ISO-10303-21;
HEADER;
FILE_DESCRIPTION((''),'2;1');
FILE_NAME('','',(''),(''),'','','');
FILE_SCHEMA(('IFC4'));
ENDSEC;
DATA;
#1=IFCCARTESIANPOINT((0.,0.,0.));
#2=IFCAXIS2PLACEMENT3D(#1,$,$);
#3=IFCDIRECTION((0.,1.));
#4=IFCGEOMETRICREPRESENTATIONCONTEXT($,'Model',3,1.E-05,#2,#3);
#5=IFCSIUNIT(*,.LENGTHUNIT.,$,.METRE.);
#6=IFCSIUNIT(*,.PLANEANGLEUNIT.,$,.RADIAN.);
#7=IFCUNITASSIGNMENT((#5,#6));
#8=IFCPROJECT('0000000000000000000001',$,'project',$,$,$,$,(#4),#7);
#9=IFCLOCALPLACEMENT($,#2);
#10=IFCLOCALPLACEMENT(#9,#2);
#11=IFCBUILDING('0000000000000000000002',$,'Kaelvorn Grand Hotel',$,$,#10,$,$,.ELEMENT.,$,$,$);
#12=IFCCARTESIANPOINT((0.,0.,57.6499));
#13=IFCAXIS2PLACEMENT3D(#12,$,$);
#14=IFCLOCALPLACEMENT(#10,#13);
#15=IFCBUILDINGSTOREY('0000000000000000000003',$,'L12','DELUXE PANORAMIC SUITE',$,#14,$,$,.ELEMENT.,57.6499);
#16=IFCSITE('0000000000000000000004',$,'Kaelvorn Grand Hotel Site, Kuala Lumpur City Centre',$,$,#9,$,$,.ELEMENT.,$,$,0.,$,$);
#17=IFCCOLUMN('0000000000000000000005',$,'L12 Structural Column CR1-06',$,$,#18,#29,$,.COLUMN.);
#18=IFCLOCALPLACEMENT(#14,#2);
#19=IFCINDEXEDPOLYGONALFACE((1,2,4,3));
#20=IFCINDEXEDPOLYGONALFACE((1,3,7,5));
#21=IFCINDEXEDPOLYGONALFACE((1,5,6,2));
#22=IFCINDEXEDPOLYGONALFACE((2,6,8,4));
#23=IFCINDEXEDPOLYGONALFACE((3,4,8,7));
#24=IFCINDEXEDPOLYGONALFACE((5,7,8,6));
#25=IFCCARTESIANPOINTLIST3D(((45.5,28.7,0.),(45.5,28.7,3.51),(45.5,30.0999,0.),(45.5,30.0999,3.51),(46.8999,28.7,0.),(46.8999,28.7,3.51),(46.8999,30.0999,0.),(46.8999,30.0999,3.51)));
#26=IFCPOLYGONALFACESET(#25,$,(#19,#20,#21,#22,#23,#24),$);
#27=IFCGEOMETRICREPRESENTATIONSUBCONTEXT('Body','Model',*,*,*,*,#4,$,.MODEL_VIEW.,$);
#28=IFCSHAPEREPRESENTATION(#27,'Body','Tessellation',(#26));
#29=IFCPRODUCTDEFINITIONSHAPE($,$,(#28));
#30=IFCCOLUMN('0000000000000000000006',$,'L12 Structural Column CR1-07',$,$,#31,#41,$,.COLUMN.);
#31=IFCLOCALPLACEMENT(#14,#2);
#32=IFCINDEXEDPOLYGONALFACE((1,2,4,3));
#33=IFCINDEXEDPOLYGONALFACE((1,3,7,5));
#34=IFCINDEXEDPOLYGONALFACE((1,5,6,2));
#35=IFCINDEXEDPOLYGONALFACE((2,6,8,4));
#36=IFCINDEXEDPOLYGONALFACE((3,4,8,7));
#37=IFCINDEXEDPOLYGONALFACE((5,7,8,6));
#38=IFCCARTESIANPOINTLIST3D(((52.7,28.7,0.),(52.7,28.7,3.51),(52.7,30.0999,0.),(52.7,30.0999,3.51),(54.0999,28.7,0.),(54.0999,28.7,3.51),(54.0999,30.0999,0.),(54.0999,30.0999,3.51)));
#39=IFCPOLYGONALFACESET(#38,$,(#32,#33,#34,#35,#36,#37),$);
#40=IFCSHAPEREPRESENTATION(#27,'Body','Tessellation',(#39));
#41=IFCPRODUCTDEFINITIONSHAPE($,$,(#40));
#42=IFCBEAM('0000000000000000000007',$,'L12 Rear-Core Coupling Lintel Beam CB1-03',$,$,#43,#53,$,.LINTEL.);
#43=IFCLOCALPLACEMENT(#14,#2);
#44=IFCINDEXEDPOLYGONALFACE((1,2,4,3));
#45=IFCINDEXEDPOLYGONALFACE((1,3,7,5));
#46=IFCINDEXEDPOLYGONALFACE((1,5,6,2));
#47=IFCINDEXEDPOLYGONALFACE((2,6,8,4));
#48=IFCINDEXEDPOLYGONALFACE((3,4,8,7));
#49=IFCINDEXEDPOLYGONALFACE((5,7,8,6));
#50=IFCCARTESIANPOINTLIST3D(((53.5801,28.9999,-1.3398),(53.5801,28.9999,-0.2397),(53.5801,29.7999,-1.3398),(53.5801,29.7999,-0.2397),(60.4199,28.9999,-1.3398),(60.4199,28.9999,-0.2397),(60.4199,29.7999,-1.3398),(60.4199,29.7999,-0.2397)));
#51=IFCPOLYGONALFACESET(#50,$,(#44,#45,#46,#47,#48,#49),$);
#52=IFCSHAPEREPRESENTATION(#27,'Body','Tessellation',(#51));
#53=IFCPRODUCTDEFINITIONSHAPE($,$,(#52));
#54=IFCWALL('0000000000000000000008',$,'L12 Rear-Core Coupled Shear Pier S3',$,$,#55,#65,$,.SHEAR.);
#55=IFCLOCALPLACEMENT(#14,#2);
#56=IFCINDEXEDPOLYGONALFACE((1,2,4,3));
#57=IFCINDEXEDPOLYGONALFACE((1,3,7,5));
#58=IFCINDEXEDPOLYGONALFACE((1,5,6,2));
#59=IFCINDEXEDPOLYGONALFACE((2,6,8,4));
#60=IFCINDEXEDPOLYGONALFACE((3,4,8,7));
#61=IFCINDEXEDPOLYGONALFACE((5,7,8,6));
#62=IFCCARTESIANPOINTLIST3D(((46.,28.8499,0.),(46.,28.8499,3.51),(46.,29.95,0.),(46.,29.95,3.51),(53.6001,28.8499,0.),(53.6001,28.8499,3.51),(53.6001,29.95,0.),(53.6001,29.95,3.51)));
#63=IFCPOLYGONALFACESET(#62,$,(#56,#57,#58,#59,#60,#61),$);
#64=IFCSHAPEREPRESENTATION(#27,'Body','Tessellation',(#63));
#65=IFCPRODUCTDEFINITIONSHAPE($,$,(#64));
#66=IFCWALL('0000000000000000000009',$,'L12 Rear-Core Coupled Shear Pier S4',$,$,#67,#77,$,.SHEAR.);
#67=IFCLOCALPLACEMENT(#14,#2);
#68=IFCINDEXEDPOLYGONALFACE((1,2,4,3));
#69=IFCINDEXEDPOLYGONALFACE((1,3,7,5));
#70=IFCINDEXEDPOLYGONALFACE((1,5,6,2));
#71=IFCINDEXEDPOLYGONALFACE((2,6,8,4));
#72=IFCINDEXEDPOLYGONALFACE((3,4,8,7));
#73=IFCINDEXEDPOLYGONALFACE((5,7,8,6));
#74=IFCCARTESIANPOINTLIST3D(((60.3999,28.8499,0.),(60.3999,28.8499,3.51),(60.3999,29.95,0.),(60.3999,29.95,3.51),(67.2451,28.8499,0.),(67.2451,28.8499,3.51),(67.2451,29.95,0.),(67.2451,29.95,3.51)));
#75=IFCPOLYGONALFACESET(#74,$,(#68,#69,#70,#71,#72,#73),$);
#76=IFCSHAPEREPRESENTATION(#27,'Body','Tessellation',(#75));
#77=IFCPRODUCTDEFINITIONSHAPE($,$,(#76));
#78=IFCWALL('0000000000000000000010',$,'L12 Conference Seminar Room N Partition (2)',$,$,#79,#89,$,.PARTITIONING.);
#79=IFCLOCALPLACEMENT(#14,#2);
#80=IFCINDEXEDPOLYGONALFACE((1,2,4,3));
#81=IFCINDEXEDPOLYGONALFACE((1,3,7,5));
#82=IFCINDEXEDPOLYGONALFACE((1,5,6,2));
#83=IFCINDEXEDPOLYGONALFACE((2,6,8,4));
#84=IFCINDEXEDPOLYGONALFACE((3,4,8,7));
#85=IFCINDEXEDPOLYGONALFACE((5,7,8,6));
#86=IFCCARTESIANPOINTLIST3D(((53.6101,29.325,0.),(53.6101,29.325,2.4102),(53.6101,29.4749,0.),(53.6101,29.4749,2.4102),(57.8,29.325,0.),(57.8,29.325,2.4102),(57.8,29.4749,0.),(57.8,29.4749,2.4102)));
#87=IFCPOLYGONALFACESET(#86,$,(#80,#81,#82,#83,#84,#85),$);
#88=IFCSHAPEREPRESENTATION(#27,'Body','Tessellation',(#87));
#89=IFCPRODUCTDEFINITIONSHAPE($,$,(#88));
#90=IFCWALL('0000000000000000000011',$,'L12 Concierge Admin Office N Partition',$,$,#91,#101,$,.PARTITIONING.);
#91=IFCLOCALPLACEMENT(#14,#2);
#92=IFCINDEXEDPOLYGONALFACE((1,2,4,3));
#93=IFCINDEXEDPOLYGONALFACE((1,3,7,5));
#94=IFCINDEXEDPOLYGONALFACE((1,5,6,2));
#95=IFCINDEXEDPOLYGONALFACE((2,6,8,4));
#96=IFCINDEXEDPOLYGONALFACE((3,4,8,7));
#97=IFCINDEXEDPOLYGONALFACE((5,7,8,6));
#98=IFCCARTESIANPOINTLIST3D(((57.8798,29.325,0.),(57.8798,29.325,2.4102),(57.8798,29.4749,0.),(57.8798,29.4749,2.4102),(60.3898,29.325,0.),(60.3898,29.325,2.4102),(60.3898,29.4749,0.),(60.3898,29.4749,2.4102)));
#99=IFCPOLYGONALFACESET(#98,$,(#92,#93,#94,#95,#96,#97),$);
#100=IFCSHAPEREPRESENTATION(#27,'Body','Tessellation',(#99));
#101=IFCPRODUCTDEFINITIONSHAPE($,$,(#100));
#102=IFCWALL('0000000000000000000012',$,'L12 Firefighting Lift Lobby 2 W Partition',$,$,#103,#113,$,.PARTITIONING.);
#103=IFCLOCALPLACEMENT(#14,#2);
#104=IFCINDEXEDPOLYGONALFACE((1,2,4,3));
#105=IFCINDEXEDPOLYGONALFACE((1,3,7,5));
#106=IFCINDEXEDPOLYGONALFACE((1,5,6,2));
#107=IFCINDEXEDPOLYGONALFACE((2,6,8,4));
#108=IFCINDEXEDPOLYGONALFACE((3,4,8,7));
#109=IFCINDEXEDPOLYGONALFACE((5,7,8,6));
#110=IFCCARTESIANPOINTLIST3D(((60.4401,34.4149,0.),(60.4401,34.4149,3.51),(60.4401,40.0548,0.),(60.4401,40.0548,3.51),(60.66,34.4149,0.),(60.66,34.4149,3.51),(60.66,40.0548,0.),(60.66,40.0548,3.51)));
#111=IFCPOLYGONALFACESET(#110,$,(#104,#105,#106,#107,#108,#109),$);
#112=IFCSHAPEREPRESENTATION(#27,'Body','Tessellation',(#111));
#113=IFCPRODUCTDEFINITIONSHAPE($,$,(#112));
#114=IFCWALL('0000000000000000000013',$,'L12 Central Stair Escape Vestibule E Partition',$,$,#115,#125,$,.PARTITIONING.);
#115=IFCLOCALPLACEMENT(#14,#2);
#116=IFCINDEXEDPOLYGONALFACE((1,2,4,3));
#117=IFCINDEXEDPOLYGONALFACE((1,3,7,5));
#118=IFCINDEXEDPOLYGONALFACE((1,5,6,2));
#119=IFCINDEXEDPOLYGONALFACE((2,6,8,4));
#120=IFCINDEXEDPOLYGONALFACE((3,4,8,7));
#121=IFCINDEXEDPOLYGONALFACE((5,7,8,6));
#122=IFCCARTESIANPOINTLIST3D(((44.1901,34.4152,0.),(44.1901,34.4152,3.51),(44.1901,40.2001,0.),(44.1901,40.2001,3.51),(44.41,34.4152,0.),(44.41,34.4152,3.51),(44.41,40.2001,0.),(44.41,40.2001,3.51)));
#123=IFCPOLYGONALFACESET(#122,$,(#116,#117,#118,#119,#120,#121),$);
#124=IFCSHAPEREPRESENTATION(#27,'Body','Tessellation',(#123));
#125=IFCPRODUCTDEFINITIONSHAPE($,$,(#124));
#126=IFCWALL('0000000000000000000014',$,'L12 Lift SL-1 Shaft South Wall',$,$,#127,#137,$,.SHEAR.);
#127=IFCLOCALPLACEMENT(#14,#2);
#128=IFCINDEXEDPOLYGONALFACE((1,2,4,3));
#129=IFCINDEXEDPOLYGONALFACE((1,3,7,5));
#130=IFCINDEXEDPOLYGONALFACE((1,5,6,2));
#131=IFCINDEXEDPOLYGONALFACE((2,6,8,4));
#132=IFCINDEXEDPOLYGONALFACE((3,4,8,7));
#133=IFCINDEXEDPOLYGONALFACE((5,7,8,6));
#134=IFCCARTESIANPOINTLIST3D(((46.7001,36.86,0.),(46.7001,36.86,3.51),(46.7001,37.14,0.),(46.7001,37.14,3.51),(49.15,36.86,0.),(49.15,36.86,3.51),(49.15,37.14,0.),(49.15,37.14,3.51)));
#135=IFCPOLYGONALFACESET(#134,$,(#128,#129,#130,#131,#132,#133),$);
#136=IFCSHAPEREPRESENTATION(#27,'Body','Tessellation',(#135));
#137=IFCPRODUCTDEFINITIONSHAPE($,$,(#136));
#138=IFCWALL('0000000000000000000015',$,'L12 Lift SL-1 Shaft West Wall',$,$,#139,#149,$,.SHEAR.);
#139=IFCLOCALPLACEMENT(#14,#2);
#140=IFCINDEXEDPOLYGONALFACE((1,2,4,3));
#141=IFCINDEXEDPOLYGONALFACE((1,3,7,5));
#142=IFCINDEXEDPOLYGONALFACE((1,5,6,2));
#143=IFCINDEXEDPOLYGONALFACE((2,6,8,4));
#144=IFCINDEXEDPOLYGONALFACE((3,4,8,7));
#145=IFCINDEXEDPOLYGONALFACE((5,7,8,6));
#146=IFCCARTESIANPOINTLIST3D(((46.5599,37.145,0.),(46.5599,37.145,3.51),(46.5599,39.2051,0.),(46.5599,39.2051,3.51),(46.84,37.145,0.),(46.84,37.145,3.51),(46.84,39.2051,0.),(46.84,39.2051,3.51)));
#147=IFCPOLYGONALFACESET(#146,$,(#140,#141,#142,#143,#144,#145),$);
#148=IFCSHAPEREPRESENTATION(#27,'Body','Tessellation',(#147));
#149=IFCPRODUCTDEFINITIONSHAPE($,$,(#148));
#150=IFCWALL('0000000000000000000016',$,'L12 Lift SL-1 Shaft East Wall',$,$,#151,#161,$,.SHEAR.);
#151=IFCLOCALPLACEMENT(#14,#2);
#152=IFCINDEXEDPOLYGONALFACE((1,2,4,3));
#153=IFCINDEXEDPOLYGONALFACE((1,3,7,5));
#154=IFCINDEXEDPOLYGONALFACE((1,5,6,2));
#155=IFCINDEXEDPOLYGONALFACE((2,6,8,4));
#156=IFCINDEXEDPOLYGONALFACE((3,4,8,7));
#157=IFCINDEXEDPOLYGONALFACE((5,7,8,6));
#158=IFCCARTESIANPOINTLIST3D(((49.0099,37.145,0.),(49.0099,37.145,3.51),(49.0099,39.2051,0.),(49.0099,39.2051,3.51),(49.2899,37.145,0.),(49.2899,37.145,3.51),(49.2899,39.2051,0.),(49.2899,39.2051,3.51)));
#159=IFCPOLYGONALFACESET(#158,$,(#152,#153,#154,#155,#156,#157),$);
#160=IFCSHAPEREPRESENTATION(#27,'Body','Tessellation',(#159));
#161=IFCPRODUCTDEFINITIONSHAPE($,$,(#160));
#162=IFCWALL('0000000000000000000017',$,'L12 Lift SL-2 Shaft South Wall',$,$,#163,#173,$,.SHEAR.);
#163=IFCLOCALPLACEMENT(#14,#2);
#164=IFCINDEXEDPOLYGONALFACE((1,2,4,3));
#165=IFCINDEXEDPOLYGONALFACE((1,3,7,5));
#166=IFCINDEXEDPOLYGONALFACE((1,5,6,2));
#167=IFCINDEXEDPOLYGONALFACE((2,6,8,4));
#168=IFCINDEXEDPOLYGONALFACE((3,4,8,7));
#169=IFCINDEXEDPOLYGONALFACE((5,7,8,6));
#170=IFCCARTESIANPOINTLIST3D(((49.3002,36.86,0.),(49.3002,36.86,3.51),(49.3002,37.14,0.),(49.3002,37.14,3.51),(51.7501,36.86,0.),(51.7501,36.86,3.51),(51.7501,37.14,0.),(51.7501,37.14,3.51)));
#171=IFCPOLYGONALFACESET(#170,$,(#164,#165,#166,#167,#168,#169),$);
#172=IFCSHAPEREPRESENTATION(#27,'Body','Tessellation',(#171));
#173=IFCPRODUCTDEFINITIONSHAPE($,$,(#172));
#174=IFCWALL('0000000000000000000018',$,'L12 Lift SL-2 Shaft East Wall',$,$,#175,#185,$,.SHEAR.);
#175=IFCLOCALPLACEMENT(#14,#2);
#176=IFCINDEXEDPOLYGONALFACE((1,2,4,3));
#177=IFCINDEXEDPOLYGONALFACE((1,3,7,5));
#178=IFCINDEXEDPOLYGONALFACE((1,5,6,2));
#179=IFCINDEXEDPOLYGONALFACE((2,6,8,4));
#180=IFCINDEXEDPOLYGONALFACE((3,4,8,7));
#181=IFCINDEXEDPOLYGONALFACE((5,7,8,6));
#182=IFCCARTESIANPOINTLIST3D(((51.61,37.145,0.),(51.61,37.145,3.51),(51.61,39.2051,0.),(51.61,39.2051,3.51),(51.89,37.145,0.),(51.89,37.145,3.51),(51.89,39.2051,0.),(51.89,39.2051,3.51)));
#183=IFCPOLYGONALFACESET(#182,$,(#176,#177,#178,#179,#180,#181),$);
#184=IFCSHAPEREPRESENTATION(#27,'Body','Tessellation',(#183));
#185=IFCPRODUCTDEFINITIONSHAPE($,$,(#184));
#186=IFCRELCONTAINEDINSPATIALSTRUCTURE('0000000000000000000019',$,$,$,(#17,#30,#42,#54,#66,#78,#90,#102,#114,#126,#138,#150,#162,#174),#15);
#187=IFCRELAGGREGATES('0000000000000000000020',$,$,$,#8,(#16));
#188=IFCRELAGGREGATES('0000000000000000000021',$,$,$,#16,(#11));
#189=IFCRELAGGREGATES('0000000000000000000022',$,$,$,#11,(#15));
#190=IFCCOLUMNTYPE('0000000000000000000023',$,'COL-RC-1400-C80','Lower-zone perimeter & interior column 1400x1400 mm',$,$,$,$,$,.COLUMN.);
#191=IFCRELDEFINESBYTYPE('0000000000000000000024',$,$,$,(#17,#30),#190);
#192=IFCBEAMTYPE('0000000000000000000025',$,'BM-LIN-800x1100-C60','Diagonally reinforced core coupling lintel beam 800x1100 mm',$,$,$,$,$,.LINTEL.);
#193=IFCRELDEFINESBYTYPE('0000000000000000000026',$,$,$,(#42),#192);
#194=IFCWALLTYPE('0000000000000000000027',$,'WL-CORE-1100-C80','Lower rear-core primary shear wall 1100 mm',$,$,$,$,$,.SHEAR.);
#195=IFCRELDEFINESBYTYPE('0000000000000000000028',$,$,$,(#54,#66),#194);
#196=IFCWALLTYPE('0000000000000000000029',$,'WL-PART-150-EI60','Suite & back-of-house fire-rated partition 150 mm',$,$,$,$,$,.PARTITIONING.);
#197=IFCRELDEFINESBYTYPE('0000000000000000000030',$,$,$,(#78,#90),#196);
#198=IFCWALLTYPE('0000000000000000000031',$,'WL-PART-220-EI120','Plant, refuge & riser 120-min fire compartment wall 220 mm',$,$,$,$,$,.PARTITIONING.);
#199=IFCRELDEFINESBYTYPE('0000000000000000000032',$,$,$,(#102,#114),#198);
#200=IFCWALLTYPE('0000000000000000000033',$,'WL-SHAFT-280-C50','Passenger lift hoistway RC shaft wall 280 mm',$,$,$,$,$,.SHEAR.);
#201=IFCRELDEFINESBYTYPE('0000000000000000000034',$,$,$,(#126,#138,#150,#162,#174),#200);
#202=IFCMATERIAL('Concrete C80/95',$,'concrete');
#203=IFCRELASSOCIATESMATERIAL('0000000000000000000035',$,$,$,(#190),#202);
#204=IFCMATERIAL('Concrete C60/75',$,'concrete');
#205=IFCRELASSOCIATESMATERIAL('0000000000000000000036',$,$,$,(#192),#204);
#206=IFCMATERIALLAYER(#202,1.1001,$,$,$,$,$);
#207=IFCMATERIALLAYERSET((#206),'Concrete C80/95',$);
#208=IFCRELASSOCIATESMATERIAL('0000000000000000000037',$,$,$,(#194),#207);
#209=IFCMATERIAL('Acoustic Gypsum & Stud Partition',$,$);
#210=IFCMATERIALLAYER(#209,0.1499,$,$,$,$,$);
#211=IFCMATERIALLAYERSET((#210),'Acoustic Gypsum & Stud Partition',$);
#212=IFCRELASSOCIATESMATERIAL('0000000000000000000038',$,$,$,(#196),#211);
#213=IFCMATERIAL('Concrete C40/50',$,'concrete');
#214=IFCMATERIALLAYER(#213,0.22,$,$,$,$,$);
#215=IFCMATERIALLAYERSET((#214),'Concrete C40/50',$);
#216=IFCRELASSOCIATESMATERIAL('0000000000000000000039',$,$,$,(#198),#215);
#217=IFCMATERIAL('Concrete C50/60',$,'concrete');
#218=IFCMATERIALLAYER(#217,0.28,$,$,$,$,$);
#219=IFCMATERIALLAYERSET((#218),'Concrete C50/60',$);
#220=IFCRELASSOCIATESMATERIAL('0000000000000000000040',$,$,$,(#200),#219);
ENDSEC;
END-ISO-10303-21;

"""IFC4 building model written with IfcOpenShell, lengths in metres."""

from ifc_helpers import new_model, si_unit, direction, frame, frame_2d, origin, origin_2d, place, context, subcontext, project, spatial, rectangle, extrude, material, layer, layer_set, material_profile, profile_set, type_object, element, save


model = new_model("IFC4")

# Units and contexts
model_context = context("Model", 3, precision=1e-05, world=origin(), true_north=direction((0.0, 1.0)))
body_context = subcontext(model_context, "Body", "Model", "MODEL_VIEW")
ifc_project = project(units=[si_unit("LENGTHUNIT", "METRE"), si_unit("PLANEANGLEUNIT", "RADIAN")], contexts=[model_context])

# Site, building, storey
site_placement = place(None, origin())
site = spatial("IfcSite", under=ifc_project, at=site_placement, Name="Kaelvorn Grand Hotel Site, Kuala Lumpur City Centre", CompositionType="ELEMENT", RefElevation=0.0)
building_placement = place(site_placement, origin())
building = spatial("IfcBuilding", under=site, at=building_placement, Name="Kaelvorn Grand Hotel", CompositionType="ELEMENT")
storey_placement = place(building_placement, frame((0.0, 0.0, 57.6499)))
storey = spatial("IfcBuildingStorey", under=building, at=storey_placement, Name="L12", Description="DELUXE PANORAMIC SUITE", CompositionType="ELEMENT", Elevation=57.6499)

# Columns
ifc_material_1 = material(Name="Concrete C80/95", Category="concrete")
ifc_material_profile_1 = material_profile(ifc_material_1, rectangle(XDim=1.3999, YDim=1.3999, at=origin_2d()), Name="RC COL 1400x1400")
ifc_profile_set_1 = profile_set([ifc_material_profile_1], Name="Concrete C80/95")
column_type = type_object("IfcColumnType", Name="COL-RC-1400-C80", Description="Lower-zone perimeter & interior column 1400x1400 mm", PredefinedType="COLUMN", material=ifc_profile_set_1)
for number, where, z_axis, x_axis, name in (
    (1, (46.2, 29.3999, 0.0), (0.0, 0.0, 1.0), (1.0, 0.0, 0.0), "L12 Structural Column CR1-06"),
    (2, (53.3999, 29.3999, 0.0), (0.0, 0.0, 1.0), (1.0, 0.0, 0.0), "L12 Structural Column CR1-07"),
):
    element("IfcColumn", number, at=place(storey_placement, frame(where, z_axis=z_axis, x_axis=x_axis)), inside=storey, type_object=column_type, Name=name, PredefinedType="COLUMN", context=body_context, shape_type="SweptSolid", body=[
        extrude(rectangle(XDim=1.3999, YDim=1.3999, at=origin_2d()), origin(), (0.0, 0.0, 1.0), 3.51),
    ])

# Beam
ifc_material_2 = material(Name="Concrete C60/75", Category="concrete")
ifc_material_profile_2 = material_profile(ifc_material_2, rectangle(XDim=0.8, YDim=1.1001, at=origin_2d()), Name="RC LINTEL 800x1100")
ifc_profile_set_2 = profile_set([ifc_material_profile_2], Name="Concrete C60/75")
beam_type = type_object("IfcBeamType", Name="BM-LIN-800x1100-C60", Description="Diagonally reinforced core coupling lintel beam 800x1100 mm", PredefinedType="LINTEL", material=ifc_profile_set_2)
beam_placement = place(storey_placement, frame((53.5801, 29.3999, -0.7898), z_axis=(1.0, 0.0, 0.0), x_axis=(0.0, 1.0, 0.0)))
element("IfcBeam", 3, at=beam_placement, inside=storey, type_object=beam_type, Name="L12 Rear-Core Coupling Lintel Beam CB1-03", PredefinedType="LINTEL", context=body_context, shape_type="SweptSolid", body=[
    extrude(rectangle(XDim=0.8, YDim=1.1001, at=origin_2d()), origin(), (0.0, 0.0, 1.0), 6.8398),
])

# Walls
ifc_layer_1 = layer(ifc_material_1, 1.1001)
ifc_layer_set_1 = layer_set([ifc_layer_1], Name="Concrete C80/95")
wall_type_1 = type_object("IfcWallType", Name="WL-CORE-1100-C80", Description="Lower rear-core primary shear wall 1100 mm", PredefinedType="SHEAR", material=ifc_layer_set_1)
wall_1_placement = place(storey_placement, frame((46.0, 29.3999, 0.0), z_axis=(0.0, 0.0, 1.0), x_axis=(1.0, 0.0, 0.0)))
element("IfcWall", 4, at=wall_1_placement, inside=storey, type_object=wall_type_1, Name="L12 Rear-Core Coupled Shear Pier S3", PredefinedType="SHEAR", context=body_context, shape_type="SweptSolid", body=[
    extrude(rectangle(XDim=7.6001, YDim=1.1001, at=frame_2d((3.8, 0.0))), origin(), (0.0, 0.0, 1.0), 3.51),
])
wall_2_placement = place(storey_placement, frame((60.3999, 29.3999, 0.0), z_axis=(0.0, 0.0, 1.0), x_axis=(1.0, 0.0, 0.0)))
element("IfcWall", 5, at=wall_2_placement, inside=storey, type_object=wall_type_1, Name="L12 Rear-Core Coupled Shear Pier S4", PredefinedType="SHEAR", context=body_context, shape_type="SweptSolid", body=[
    extrude(rectangle(XDim=6.8452, YDim=1.1001, at=frame_2d((3.4226, 0.0))), origin(), (0.0, 0.0, 1.0), 3.51),
])
ifc_material_3 = material(Name="Acoustic Gypsum & Stud Partition")
ifc_layer_2 = layer(ifc_material_3, 0.1499)
ifc_layer_set_2 = layer_set([ifc_layer_2], Name="Acoustic Gypsum & Stud Partition")
wall_type_2 = type_object("IfcWallType", Name="WL-PART-150-EI60", Description="Suite & back-of-house fire-rated partition 150 mm", PredefinedType="PARTITIONING", material=ifc_layer_set_2)
wall_3_placement = place(storey_placement, frame((53.6101, 29.3999, 0.0), z_axis=(0.0, 0.0, 1.0), x_axis=(1.0, 0.0, 0.0)))
element("IfcWall", 6, at=wall_3_placement, inside=storey, type_object=wall_type_2, Name="L12 Conference Seminar Room N Partition (2)", PredefinedType="PARTITIONING", context=body_context, shape_type="SweptSolid", body=[
    extrude(rectangle(XDim=4.1899, YDim=0.1499, at=frame_2d((2.095, 0.0))), origin(), (0.0, 0.0, 1.0), 2.4102),
])
wall_4_placement = place(storey_placement, frame((57.8799, 29.3999, 0.0), z_axis=(0.0, 0.0, 1.0), x_axis=(1.0, 0.0, 0.0)))
element("IfcWall", 7, at=wall_4_placement, inside=storey, type_object=wall_type_2, Name="L12 Concierge Admin Office N Partition", PredefinedType="PARTITIONING", context=body_context, shape_type="SweptSolid", body=[
    extrude(rectangle(XDim=2.51, YDim=0.1499, at=frame_2d((1.2549, 0.0))), origin(), (0.0, 0.0, 1.0), 2.4102),
])

# Shared definitions
ifc_material_4 = material(Name="Concrete C40/50", Category="concrete")
ifc_layer_3 = layer(ifc_material_4, 0.22)
ifc_layer_set_3 = layer_set([ifc_layer_3], Name="Concrete C40/50")
wall_type_3 = type_object("IfcWallType", Name="WL-PART-220-EI120", Description="Plant, refuge & riser 120-min fire compartment wall 220 mm", PredefinedType="PARTITIONING", material=ifc_layer_set_3)

# Walls
wall_5_placement = place(storey_placement, frame((60.55, 34.415, 0.0), z_axis=(0.0, 0.0, 1.0), x_axis=(0.0, 1.0, 0.0)))
element("IfcWall", 8, at=wall_5_placement, inside=storey, type_object=wall_type_3, Name="L12 Firefighting Lift Lobby 2 W Partition", PredefinedType="PARTITIONING", context=body_context, shape_type="SweptSolid", body=[
    extrude(rectangle(XDim=5.6399, YDim=0.22, at=frame_2d((2.8198, 0.0))), origin(), (0.0, 0.0, 1.0), 3.51),
])
wall_6_placement = place(storey_placement, frame((44.3, 34.415, 0.0), z_axis=(0.0, 0.0, 1.0), x_axis=(0.0, 1.0, 0.0)))
element("IfcWall", 9, at=wall_6_placement, inside=storey, type_object=wall_type_3, Name="L12 Central Stair Escape Vestibule E Partition", PredefinedType="PARTITIONING", context=body_context, shape_type="SweptSolid", body=[
    extrude(rectangle(XDim=5.7849, YDim=0.22, at=frame_2d((2.8926, 0.0))), origin(), (0.0, 0.0, 1.0), 3.51),
])
ifc_material_5 = material(Name="Concrete C50/60", Category="concrete")
ifc_layer_4 = layer(ifc_material_5, 0.28)
ifc_layer_set_4 = layer_set([ifc_layer_4], Name="Concrete C50/60")
wall_type_4 = type_object("IfcWallType", Name="WL-SHAFT-280-C50", Description="Passenger lift hoistway RC shaft wall 280 mm", PredefinedType="SHEAR", material=ifc_layer_set_4)
wall_7_placement = place(storey_placement, frame((46.7, 37.0, 0.0), z_axis=(0.0, 0.0, 1.0), x_axis=(1.0, 0.0, 0.0)))
element("IfcWall", 10, at=wall_7_placement, inside=storey, type_object=wall_type_4, Name="L12 Lift SL-1 Shaft South Wall", PredefinedType="SHEAR", context=body_context, shape_type="SweptSolid", body=[
    extrude(rectangle(XDim=2.45, YDim=0.28, at=frame_2d((1.2251, 0.0))), origin(), (0.0, 0.0, 1.0), 3.51),
])
for number, where, z_axis, x_axis, name in (
    (11, (46.7, 37.145, 0.0), (0.0, 0.0, 1.0), (0.0, 1.0, 0.0), "L12 Lift SL-1 Shaft West Wall"),
    (12, (49.1499, 37.145, 0.0), (0.0, 0.0, 1.0), (0.0, 1.0, 0.0), "L12 Lift SL-1 Shaft East Wall"),
):
    element("IfcWall", number, at=place(storey_placement, frame(where, z_axis=z_axis, x_axis=x_axis)), inside=storey, type_object=wall_type_4, Name=name, PredefinedType="SHEAR", context=body_context, shape_type="SweptSolid", body=[
        extrude(rectangle(XDim=2.0601, YDim=0.28, at=frame_2d((1.03, 0.0))), origin(), (0.0, 0.0, 1.0), 3.51),
    ])
wall_8_placement = place(storey_placement, frame((49.3, 37.0, 0.0), z_axis=(0.0, 0.0, 1.0), x_axis=(1.0, 0.0, 0.0)))
element("IfcWall", 13, at=wall_8_placement, inside=storey, type_object=wall_type_4, Name="L12 Lift SL-2 Shaft South Wall", PredefinedType="SHEAR", context=body_context, shape_type="SweptSolid", body=[
    extrude(rectangle(XDim=2.45, YDim=0.28, at=frame_2d((1.2251, 0.0))), origin(), (0.0, 0.0, 1.0), 3.51),
])
wall_9_placement = place(storey_placement, frame((51.75, 37.145, 0.0), z_axis=(0.0, 0.0, 1.0), x_axis=(0.0, 1.0, 0.0)))
element("IfcWall", 14, at=wall_9_placement, inside=storey, type_object=wall_type_4, Name="L12 Lift SL-2 Shaft East Wall", PredefinedType="SHEAR", context=body_context, shape_type="SweptSolid", body=[
    extrude(rectangle(XDim=2.0601, YDim=0.28, at=frame_2d((1.03, 0.0))), origin(), (0.0, 0.0, 1.0), 3.51),
])

save(model, "model.ifc")
